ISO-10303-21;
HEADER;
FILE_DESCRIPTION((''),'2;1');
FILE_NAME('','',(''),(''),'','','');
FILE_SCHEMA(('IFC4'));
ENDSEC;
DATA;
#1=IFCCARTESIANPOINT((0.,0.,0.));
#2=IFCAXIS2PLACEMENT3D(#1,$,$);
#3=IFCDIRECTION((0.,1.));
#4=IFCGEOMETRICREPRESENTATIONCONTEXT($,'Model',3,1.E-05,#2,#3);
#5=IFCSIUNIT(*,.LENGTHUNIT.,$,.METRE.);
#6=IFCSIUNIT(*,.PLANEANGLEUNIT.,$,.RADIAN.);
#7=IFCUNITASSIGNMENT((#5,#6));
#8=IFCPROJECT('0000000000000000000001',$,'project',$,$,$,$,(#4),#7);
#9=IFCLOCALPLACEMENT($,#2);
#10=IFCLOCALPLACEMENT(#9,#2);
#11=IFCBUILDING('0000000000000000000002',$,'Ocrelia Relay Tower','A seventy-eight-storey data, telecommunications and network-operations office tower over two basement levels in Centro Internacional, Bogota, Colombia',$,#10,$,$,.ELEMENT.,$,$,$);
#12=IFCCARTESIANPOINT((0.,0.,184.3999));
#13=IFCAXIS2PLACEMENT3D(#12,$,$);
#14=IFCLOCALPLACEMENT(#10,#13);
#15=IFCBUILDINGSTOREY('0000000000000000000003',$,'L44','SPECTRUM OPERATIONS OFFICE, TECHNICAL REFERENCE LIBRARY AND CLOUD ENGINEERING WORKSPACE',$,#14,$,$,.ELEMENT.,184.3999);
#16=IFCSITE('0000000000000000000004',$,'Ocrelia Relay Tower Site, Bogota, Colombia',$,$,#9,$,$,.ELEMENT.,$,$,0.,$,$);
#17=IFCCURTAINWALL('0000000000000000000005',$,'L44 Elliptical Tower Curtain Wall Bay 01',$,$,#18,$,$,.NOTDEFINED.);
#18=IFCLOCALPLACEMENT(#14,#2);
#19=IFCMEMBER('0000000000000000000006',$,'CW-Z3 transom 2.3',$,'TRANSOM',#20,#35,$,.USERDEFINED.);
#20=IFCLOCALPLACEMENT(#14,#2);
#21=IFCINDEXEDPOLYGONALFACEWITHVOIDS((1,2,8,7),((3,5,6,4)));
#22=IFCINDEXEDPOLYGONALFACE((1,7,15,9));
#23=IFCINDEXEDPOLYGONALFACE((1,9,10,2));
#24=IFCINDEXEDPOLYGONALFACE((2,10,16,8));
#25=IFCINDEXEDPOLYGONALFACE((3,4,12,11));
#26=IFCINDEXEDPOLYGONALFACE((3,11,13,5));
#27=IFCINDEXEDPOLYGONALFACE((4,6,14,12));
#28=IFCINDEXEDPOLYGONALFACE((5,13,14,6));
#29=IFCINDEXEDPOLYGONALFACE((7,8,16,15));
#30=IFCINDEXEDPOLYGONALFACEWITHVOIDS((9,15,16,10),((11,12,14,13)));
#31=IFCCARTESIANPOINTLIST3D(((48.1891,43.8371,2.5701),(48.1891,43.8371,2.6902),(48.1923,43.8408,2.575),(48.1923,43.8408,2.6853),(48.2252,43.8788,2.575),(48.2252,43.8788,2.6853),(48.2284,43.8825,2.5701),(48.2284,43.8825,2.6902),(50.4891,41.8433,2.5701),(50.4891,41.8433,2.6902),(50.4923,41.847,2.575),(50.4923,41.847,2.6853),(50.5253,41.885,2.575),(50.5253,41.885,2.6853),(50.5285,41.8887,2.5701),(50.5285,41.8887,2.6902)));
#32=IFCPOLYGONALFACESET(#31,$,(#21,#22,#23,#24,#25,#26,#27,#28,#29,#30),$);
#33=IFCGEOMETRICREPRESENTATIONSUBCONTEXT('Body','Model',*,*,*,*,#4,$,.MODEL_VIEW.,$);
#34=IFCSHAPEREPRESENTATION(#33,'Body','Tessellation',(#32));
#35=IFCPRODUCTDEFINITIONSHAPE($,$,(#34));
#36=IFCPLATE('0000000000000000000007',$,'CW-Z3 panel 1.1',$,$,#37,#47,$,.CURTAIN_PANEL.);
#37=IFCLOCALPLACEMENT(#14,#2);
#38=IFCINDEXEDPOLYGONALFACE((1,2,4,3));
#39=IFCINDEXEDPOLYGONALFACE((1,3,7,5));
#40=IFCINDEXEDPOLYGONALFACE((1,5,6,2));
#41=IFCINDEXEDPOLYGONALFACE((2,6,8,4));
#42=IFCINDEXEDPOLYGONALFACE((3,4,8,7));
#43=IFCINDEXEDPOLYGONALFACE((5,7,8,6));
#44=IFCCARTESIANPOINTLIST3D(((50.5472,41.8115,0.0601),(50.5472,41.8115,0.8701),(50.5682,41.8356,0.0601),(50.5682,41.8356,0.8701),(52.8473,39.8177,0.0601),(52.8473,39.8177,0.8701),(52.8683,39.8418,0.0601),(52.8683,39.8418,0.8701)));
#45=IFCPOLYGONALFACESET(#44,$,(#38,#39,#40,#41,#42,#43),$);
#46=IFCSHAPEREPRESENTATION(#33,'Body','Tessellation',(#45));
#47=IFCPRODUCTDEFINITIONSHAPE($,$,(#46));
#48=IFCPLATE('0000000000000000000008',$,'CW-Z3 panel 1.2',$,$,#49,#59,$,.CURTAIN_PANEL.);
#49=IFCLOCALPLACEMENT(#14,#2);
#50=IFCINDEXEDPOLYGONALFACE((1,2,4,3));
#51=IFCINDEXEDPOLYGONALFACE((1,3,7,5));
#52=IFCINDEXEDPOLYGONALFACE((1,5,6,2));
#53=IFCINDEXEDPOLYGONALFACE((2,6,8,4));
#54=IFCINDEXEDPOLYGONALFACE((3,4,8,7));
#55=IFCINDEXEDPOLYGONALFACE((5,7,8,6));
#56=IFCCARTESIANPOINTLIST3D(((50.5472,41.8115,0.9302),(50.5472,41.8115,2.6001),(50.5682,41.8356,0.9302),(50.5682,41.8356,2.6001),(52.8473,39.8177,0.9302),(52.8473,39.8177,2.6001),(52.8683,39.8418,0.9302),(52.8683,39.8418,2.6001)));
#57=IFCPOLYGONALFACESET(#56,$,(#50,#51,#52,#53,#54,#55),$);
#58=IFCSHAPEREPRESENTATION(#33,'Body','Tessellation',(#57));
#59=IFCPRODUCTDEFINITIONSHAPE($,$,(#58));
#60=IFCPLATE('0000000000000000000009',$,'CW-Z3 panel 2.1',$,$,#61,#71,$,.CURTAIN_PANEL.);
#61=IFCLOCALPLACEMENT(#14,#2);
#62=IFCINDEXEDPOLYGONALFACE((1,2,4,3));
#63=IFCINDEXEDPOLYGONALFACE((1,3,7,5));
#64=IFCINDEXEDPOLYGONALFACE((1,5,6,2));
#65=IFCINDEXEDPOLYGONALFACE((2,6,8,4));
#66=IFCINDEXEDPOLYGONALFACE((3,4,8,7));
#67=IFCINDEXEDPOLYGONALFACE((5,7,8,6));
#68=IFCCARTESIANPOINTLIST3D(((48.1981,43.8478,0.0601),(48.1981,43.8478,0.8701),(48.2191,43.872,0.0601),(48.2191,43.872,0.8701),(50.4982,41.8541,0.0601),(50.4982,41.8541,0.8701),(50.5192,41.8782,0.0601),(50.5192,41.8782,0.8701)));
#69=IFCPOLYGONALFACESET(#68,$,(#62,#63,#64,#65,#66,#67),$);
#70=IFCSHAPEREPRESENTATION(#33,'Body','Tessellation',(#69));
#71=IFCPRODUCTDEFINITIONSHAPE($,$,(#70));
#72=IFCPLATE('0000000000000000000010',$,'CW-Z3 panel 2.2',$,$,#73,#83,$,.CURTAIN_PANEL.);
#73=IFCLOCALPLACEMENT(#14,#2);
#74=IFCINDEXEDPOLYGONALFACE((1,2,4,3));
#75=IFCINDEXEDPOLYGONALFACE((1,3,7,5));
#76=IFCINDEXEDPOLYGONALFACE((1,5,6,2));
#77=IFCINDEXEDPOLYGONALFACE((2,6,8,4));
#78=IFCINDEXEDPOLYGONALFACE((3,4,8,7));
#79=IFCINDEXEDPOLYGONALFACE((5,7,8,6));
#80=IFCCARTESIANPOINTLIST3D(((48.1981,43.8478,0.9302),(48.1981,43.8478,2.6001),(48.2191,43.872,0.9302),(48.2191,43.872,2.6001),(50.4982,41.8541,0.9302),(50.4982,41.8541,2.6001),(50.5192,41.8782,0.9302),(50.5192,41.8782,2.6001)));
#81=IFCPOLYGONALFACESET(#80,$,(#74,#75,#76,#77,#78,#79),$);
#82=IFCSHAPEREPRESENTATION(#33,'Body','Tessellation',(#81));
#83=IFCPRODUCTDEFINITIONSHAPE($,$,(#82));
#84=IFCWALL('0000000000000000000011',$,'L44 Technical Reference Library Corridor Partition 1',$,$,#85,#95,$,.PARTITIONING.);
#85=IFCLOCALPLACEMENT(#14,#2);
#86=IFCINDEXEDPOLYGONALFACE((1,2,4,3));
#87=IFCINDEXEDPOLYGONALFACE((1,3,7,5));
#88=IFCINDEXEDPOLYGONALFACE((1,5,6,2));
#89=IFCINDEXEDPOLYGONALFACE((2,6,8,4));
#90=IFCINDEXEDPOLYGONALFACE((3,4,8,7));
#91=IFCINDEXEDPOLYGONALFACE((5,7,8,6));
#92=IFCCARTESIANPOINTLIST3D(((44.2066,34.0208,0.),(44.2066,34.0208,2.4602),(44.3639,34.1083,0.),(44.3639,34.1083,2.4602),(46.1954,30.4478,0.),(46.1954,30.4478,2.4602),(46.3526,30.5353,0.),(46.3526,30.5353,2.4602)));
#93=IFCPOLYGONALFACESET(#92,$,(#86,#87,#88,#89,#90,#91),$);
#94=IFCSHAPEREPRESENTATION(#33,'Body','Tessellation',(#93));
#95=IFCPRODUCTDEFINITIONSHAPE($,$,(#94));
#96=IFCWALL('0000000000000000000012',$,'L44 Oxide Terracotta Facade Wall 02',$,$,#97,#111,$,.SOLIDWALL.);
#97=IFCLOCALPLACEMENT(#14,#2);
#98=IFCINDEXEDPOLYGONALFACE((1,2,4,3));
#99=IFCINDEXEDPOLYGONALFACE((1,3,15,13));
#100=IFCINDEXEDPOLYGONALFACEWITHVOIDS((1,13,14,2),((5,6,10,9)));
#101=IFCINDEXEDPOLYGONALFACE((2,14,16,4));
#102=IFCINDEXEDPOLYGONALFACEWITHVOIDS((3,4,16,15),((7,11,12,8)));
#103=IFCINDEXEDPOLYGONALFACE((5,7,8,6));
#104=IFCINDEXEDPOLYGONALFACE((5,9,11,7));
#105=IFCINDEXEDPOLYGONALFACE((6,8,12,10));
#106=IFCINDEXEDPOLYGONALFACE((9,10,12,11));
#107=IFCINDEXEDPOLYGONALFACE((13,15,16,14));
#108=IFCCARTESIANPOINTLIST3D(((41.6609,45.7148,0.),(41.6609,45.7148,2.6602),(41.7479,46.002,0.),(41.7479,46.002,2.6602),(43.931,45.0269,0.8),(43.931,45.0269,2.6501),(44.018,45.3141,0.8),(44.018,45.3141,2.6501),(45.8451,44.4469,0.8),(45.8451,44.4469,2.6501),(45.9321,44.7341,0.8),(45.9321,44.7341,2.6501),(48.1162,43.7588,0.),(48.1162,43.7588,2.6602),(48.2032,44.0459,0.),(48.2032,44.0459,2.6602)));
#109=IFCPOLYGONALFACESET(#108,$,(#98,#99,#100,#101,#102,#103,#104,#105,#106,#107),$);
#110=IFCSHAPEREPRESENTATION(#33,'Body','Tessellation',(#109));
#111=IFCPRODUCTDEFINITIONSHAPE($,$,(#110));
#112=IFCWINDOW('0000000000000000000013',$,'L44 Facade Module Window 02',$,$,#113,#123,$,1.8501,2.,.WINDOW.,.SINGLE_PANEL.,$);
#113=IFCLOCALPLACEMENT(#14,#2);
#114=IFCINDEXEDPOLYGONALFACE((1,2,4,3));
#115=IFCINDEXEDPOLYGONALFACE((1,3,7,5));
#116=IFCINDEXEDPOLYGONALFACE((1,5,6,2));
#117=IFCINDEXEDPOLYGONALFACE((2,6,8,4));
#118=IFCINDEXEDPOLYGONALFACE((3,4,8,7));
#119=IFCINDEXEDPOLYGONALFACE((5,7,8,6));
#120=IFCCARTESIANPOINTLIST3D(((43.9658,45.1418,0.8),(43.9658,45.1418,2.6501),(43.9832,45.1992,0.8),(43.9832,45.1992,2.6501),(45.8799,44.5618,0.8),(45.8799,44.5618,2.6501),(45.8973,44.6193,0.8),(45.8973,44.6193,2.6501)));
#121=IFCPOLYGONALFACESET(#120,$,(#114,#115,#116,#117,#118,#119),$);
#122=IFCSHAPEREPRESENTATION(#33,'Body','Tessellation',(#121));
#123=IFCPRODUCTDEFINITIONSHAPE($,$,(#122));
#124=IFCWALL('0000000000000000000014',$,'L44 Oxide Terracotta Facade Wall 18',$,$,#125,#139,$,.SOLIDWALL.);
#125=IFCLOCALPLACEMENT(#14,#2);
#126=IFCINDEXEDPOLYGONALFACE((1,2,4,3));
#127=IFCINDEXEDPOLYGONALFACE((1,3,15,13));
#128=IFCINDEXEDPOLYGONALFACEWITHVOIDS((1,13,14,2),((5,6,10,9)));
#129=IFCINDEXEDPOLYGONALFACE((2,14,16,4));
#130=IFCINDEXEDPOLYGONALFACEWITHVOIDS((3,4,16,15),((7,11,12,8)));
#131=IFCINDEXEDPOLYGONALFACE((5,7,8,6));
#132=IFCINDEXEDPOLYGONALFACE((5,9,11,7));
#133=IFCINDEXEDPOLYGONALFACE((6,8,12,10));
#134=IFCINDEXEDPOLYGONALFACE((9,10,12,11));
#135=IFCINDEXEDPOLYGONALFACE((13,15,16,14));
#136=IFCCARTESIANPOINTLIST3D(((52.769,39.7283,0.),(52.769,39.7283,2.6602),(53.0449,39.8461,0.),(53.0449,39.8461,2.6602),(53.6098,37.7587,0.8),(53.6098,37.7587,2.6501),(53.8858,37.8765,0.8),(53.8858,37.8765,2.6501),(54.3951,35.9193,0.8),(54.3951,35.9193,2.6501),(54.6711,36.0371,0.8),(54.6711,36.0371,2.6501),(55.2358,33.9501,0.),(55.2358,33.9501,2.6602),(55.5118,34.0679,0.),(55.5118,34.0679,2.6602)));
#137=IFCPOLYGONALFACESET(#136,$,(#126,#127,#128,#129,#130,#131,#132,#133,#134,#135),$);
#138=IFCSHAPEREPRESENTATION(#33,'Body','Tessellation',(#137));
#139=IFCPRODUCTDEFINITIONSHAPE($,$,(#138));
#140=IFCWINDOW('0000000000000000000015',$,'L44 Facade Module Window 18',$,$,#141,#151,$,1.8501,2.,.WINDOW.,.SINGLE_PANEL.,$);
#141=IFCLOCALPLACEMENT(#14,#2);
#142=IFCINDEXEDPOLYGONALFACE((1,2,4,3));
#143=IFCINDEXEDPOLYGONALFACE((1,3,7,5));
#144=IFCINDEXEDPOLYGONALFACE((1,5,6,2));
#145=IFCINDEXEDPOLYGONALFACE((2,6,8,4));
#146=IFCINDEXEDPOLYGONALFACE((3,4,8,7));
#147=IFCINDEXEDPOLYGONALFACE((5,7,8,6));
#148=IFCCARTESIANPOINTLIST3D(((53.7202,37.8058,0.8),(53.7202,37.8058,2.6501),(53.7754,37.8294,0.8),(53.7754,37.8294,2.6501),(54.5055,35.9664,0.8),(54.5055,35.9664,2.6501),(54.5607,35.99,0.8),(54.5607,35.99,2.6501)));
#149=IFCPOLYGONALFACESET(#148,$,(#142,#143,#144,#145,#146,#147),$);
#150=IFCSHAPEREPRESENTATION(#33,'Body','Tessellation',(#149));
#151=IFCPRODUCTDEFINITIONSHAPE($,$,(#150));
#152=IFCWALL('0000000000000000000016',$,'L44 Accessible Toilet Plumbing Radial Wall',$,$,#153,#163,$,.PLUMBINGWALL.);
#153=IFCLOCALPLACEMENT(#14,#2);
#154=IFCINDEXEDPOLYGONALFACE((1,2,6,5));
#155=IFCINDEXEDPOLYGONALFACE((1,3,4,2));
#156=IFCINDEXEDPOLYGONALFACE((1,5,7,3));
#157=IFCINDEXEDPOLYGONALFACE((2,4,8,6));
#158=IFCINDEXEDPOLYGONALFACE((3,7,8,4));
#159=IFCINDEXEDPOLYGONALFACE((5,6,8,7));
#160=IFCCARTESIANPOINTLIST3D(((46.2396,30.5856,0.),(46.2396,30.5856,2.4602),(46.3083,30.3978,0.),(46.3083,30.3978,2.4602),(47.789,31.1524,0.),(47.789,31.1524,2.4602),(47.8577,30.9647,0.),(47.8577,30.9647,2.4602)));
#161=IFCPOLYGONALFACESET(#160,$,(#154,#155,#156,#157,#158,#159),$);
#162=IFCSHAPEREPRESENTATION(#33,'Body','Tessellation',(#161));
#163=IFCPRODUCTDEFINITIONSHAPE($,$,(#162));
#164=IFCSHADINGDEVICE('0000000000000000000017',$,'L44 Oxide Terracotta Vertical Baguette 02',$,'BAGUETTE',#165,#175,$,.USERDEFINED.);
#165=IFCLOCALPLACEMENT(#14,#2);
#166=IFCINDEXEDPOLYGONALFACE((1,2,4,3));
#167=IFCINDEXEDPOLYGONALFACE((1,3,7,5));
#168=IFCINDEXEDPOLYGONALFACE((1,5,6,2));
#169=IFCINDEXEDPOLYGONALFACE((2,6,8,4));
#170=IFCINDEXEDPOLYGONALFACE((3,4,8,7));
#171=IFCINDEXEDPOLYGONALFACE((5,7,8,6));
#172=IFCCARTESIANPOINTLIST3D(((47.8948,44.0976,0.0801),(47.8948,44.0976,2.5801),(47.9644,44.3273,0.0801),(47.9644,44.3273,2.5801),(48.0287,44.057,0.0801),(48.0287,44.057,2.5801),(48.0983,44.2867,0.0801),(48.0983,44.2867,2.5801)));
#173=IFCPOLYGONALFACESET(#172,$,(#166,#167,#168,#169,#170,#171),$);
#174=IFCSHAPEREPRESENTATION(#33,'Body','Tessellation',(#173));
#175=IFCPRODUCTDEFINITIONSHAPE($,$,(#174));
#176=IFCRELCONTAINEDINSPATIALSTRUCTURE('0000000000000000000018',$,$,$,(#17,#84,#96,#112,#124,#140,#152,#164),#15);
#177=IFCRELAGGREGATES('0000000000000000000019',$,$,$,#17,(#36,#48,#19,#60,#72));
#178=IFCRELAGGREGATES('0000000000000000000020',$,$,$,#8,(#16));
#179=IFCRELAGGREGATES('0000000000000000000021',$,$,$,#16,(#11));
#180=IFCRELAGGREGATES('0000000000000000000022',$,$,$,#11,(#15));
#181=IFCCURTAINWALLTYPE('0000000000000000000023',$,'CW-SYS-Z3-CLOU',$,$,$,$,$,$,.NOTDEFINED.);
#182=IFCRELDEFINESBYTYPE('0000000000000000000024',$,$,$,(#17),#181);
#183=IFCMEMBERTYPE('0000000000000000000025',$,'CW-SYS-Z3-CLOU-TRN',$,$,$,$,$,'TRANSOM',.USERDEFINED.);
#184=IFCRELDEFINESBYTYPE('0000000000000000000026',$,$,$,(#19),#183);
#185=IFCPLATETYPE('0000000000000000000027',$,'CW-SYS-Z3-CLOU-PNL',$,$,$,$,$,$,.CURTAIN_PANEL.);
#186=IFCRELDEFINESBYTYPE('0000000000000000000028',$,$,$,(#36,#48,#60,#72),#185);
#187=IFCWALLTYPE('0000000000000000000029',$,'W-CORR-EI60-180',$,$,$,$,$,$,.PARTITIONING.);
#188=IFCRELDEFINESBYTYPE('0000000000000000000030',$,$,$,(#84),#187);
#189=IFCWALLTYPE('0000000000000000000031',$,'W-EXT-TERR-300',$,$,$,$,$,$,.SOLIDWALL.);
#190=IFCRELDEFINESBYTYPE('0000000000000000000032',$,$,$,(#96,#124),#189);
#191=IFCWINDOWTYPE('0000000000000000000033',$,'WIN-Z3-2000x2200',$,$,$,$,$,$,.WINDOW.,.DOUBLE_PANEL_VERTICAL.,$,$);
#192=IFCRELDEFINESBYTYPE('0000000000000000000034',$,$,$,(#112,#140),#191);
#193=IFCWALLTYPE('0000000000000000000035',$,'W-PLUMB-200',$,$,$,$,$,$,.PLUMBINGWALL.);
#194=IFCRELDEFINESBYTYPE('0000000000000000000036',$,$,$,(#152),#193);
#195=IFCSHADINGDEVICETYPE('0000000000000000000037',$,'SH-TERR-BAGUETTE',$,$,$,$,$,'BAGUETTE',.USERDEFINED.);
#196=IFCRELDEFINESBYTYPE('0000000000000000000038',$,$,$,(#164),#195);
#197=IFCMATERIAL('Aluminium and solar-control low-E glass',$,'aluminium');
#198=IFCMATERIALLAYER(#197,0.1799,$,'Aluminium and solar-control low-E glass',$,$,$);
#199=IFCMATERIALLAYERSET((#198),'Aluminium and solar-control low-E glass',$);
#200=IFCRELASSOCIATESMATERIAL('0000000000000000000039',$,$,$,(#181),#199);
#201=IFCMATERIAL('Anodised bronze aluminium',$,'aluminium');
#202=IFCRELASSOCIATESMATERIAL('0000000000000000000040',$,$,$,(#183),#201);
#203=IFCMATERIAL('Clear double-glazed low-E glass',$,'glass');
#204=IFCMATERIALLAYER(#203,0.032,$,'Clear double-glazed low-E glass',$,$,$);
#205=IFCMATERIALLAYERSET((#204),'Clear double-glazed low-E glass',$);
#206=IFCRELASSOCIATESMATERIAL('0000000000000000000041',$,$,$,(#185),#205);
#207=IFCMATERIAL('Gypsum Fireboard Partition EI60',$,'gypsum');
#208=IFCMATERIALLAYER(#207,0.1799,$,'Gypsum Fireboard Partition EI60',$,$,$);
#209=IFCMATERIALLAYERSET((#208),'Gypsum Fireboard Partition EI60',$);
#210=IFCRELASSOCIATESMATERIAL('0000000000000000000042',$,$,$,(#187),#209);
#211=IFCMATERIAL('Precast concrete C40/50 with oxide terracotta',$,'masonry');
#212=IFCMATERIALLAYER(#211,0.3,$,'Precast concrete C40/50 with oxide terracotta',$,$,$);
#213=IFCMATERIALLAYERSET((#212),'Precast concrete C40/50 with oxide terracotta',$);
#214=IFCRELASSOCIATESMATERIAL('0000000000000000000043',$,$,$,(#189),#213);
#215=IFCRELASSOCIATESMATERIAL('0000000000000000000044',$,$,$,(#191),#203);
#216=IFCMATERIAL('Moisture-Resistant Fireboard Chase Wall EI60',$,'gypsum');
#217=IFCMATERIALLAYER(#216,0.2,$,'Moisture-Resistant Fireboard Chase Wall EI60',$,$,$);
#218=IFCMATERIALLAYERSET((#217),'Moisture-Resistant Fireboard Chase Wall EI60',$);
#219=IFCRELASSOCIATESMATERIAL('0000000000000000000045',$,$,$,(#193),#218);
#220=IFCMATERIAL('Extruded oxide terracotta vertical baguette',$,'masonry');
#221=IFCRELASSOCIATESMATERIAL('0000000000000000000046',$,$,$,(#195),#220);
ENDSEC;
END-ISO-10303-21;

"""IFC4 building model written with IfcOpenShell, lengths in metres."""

from ifc_helpers import new_model, si_unit, direction, frame, frame_2d, origin, origin_2d, place, context, subcontext, project, spatial, rectangle, hollow_rectangle, extrude, material, layer, layer_set, material_profile, profile_set, type_object, element, fill, aggregate, save


model = new_model("IFC4")

# Units and contexts
model_context = context("Model", 3, precision=1e-05, world=origin(), true_north=direction((0.0, 1.0)))
body_context = subcontext(model_context, "Body", "Model", "MODEL_VIEW")
ifc_project = project(units=[si_unit("LENGTHUNIT", "METRE"), si_unit("PLANEANGLEUNIT", "RADIAN")], contexts=[model_context])

# Site, building, storey
site_placement = place(None, origin())
site = spatial("IfcSite", under=ifc_project, at=site_placement, Name="Ocrelia Relay Tower Site, Bogota, Colombia", CompositionType="ELEMENT", RefElevation=0.0)
building_placement = place(site_placement, origin())
building = spatial("IfcBuilding", under=site, at=building_placement, Name="Ocrelia Relay Tower", Description="A seventy-eight-storey data, telecommunications and network-operations office tower over two basement levels in Centro Internacional, Bogota, Colombia", CompositionType="ELEMENT")
storey_placement = place(building_placement, frame((0.0, 0.0, 184.3999)))
storey = spatial("IfcBuildingStorey", under=building, at=storey_placement, Name="L44", Description="SPECTRUM OPERATIONS OFFICE, TECHNICAL REFERENCE LIBRARY AND CLOUD ENGINEERING WORKSPACE", CompositionType="ELEMENT", Elevation=184.3999)

# Curtain wall, member, plates
ifc_material_1 = material(Name="Aluminium and solar-control low-E glass", Category="aluminium")
ifc_layer_1 = layer(ifc_material_1, 0.1799, Name="Aluminium and solar-control low-E glass")
ifc_layer_set_1 = layer_set([ifc_layer_1], Name="Aluminium and solar-control low-E glass")
curtain_wall_type = type_object("IfcCurtainWallType", Name="CW-SYS-Z3-CLOU", PredefinedType="NOTDEFINED", material=ifc_layer_set_1)
curtain_wall_placement = place(storey_placement, origin())
curtain_wall = element("IfcCurtainWall", 1, at=curtain_wall_placement, inside=storey, type_object=curtain_wall_type, Name="L44 Elliptical Tower Curtain Wall Bay 01", PredefinedType="NOTDEFINED")
ifc_material_2 = material(Name="Anodised bronze aluminium", Category="aluminium")
ifc_material_profile_1 = material_profile(ifc_material_2, hollow_rectangle(XDim=0.0601, YDim=0.1201, WallThickness=0.0049, at=origin_2d()), Name="CW-TRN-120x60")
ifc_profile_set_1 = profile_set([ifc_material_profile_1], Name="Anodised bronze aluminium")
member_type_1 = type_object("IfcMemberType", Name="CW-SYS-Z3-CLOU-TRN", ElementType="TRANSOM", PredefinedType="USERDEFINED", material=ifc_profile_set_1)
member_1_placement = place(storey_placement, frame((50.5088, 41.866, 2.6301), z_axis=(-0.755604, 0.655028, 0.0), x_axis=(-0.655028, -0.755604, 0.0)))
member_1 = element("IfcMember", 2, at=member_1_placement, type_object=member_type_1, Name="CW-Z3 transom 2.3", ObjectType="TRANSOM", PredefinedType="USERDEFINED", context=body_context, shape_type="SweptSolid", body=[
    extrude(hollow_rectangle(XDim=0.0601, YDim=0.1201, WallThickness=0.0049, at=origin_2d()), origin(), (0.0, 0.0, 1.0), 3.0439),
])
ifc_material_3 = material(Name="Clear double-glazed low-E glass", Category="glass")
ifc_layer_2 = layer(ifc_material_3, 0.032, Name="Clear double-glazed low-E glass")
ifc_layer_set_2 = layer_set([ifc_layer_2], Name="Clear double-glazed low-E glass")
plate_type = type_object("IfcPlateType", Name="CW-SYS-Z3-CLOU-PNL", PredefinedType="CURTAIN_PANEL", material=ifc_layer_set_2)
plate_1_placement = place(storey_placement, frame((51.7078, 40.8267, 0.0601), z_axis=(0.0, 0.0, 1.0), x_axis=(-0.755627, 0.655002, 0.0)))
plate_1 = element("IfcPlate", 3, at=plate_1_placement, type_object=plate_type, Name="CW-Z3 panel 1.1", PredefinedType="CURTAIN_PANEL", context=body_context, shape_type="SweptSolid", body=[
    extrude(rectangle(XDim=3.0439, YDim=0.032, at=origin_2d()), origin(), (0.0, 0.0, 1.0), 0.8101),
])
plate_2_placement = place(storey_placement, frame((51.7078, 40.8267, 0.9302), z_axis=(0.0, 0.0, 1.0), x_axis=(-0.755627, 0.655002, 0.0)))
plate_2 = element("IfcPlate", 4, at=plate_2_placement, type_object=plate_type, Name="CW-Z3 panel 1.2", PredefinedType="CURTAIN_PANEL", context=body_context, shape_type="SweptSolid", body=[
    extrude(rectangle(XDim=3.0439, YDim=0.032, at=origin_2d()), origin(), (0.0, 0.0, 1.0), 1.6699),
])
plate_3_placement = place(storey_placement, frame((49.3586, 42.863, 0.0601), z_axis=(0.0, 0.0, 1.0), x_axis=(-0.755627, 0.655002, 0.0)))
plate_3 = element("IfcPlate", 5, at=plate_3_placement, type_object=plate_type, Name="CW-Z3 panel 2.1", PredefinedType="CURTAIN_PANEL", context=body_context, shape_type="SweptSolid", body=[
    extrude(rectangle(XDim=3.0439, YDim=0.032, at=origin_2d()), origin(), (0.0, 0.0, 1.0), 0.8101),
])
plate_4_placement = place(storey_placement, frame((49.3586, 42.863, 0.9302), z_axis=(0.0, 0.0, 1.0), x_axis=(-0.755627, 0.655002, 0.0)))
plate_4 = element("IfcPlate", 6, at=plate_4_placement, type_object=plate_type, Name="CW-Z3 panel 2.2", PredefinedType="CURTAIN_PANEL", context=body_context, shape_type="SweptSolid", body=[
    extrude(rectangle(XDim=3.0439, YDim=0.032, at=origin_2d()), origin(), (0.0, 0.0, 1.0), 1.6699),
])
aggregate(curtain_wall, [plate_1, plate_2, member_1, plate_3, plate_4])

# Wall
ifc_material_4 = material(Name="Gypsum Fireboard Partition EI60", Category="gypsum")
ifc_layer_3 = layer(ifc_material_4, 0.1799, Name="Gypsum Fireboard Partition EI60")
ifc_layer_set_3 = layer_set([ifc_layer_3], Name="Gypsum Fireboard Partition EI60")
wall_type_1 = type_object("IfcWallType", Name="W-CORR-EI60-180", PredefinedType="PARTITIONING", material=ifc_layer_set_3)
wall_1_placement = place(storey_placement, frame((46.2739, 30.4917, 0.0), z_axis=(0.0, 0.0, 1.0), x_axis=(-0.486347, 0.873766, 0.0)))
element("IfcWall", 7, at=wall_1_placement, inside=storey, type_object=wall_type_1, Name="L44 Technical Reference Library Corridor Partition 1", PredefinedType="PARTITIONING", context=body_context, shape_type="SweptSolid", body=[
    extrude(rectangle(XDim=4.0891, YDim=0.1799, at=frame_2d((2.0444, 0.0))), origin(), (0.0, 0.0, 1.0), 2.4602),
])

# Walls, openings, windows
ifc_material_5 = material(Name="Precast concrete C40/50 with oxide terracotta", Category="masonry")
ifc_layer_4 = layer(ifc_material_5, 0.3, Name="Precast concrete C40/50 with oxide terracotta")
ifc_layer_set_4 = layer_set([ifc_layer_4], Name="Precast concrete C40/50 with oxide terracotta")
wall_type_2 = type_object("IfcWallType", Name="W-EXT-TERR-300", PredefinedType="SOLIDWALL", material=ifc_layer_set_4)
wall_2_placement = place(storey_placement, frame((48.1597, 43.9023, 0.0), z_axis=(0.0, 0.0, 1.0), x_axis=(-0.957029, 0.289993, 0.0)))
wall_2 = element("IfcWall", 8, at=wall_2_placement, inside=storey, type_object=wall_type_2, Name="L44 Oxide Terracotta Facade Wall 02", PredefinedType="SOLIDWALL", context=body_context, shape_type="SweptSolid", body=[
    extrude(rectangle(XDim=6.7451, YDim=0.3, at=frame_2d((3.3726, 0.0))), origin(), (0.0, 0.0, 1.0), 2.6602),
])
opening_1_placement = place(wall_2_placement, frame((2.373, 0.0, 0.8)))
opening_1 = element("IfcOpeningElement", 9, at=opening_1_placement, cuts=wall_2, PredefinedType="OPENING", context=body_context, shape_type="SweptSolid", body=[
    extrude(rectangle(XDim=2.0, YDim=1.8501, at=frame_2d((1.0, 0.925))), frame((0.0, 0.1602, 0.0), z_axis=(0.0, -1.0, 0.0), x_axis=(1.0, 0.0, 0.0)), (0.0, 0.0, 1.0), 0.3201),
])
window_type = type_object("IfcWindowType", Name="WIN-Z3-2000x2200", PartitioningType="DOUBLE_PANEL_VERTICAL", PredefinedType="WINDOW", material=ifc_material_3)
window_1_placement = place(opening_1_placement, origin())
window_1 = element("IfcWindow", 10, at=window_1_placement, inside=storey, type_object=window_type, Name="L44 Facade Module Window 02", OverallHeight=1.8501, OverallWidth=2.0, PartitioningType="SINGLE_PANEL", PredefinedType="WINDOW", context=body_context, shape_type="SweptSolid", body=[
    extrude(rectangle(XDim=2.0, YDim=1.8501, at=frame_2d((1.0, 0.925))), frame((0.0, 0.03, 0.0), z_axis=(0.0, -1.0, 0.0), x_axis=(1.0, 0.0, 0.0)), (0.0, 0.0, 1.0), 0.0601),
])
fill(opening_1, window_1)
wall_3_placement = place(storey_placement, frame((55.3738, 34.009, 0.0), z_axis=(0.0, 0.0, 1.0), x_axis=(-0.392639, 0.919693, 0.0)))
wall_3 = element("IfcWall", 11, at=wall_3_placement, inside=storey, type_object=wall_type_2, Name="L44 Oxide Terracotta Facade Wall 18", PredefinedType="SOLIDWALL", context=body_context, shape_type="SweptSolid", body=[
    extrude(rectangle(XDim=6.2827, YDim=0.3, at=frame_2d((3.1414, 0.0))), origin(), (0.0, 0.0, 1.0), 2.6602),
])
opening_2_placement = place(wall_3_placement, frame((2.1411, 0.0, 0.8)))
opening_2 = element("IfcOpeningElement", 12, at=opening_2_placement, cuts=wall_3, PredefinedType="OPENING", context=body_context, shape_type="SweptSolid", body=[
    extrude(rectangle(XDim=2.0, YDim=1.8501, at=frame_2d((1.0, 0.925))), frame((0.0, 0.1602, 0.0), z_axis=(0.0, -1.0, 0.0), x_axis=(1.0, 0.0, 0.0)), (0.0, 0.0, 1.0), 0.3201),
])
window_2_placement = place(opening_2_placement, origin())
window_2 = element("IfcWindow", 13, at=window_2_placement, inside=storey, type_object=window_type, Name="L44 Facade Module Window 18", OverallHeight=1.8501, OverallWidth=2.0, PartitioningType="SINGLE_PANEL", PredefinedType="WINDOW", context=body_context, shape_type="SweptSolid", body=[
    extrude(rectangle(XDim=2.0, YDim=1.8501, at=frame_2d((1.0, 0.925))), frame((0.0, 0.03, 0.0), z_axis=(0.0, -1.0, 0.0), x_axis=(1.0, 0.0, 0.0)), (0.0, 0.0, 1.0), 0.0601),
])
fill(opening_2, window_2)

# Wall
ifc_material_6 = material(Name="Moisture-Resistant Fireboard Chase Wall EI60", Category="gypsum")
ifc_layer_5 = layer(ifc_material_6, 0.2, Name="Moisture-Resistant Fireboard Chase Wall EI60")
ifc_layer_set_5 = layer_set([ifc_layer_5], Name="Moisture-Resistant Fireboard Chase Wall EI60")
wall_type_3 = type_object("IfcWallType", Name="W-PLUMB-200", PredefinedType="PLUMBINGWALL", material=ifc_layer_set_5)
wall_4_placement = place(storey_placement, frame((46.2739, 30.4917, 0.0), z_axis=(0.0, 0.0, 1.0), x_axis=(0.939126, 0.343572, 0.0)))
element("IfcWall", 14, at=wall_4_placement, inside=storey, type_object=wall_type_3, Name="L44 Accessible Toilet Plumbing Radial Wall", PredefinedType="PLUMBINGWALL", context=body_context, shape_type="SweptSolid", body=[
    extrude(rectangle(XDim=1.6499, YDim=0.2, at=frame_2d((0.825, 0.0))), origin(), (0.0, 0.0, 1.0), 2.4602),
])

# Shading device
ifc_material_7 = material(Name="Extruded oxide terracotta vertical baguette", Category="masonry")
shading_device_type_1 = type_object("IfcShadingDeviceType", Name="SH-TERR-BAGUETTE", ElementType="BAGUETTE", PredefinedType="USERDEFINED", material=ifc_material_7)
for number, where, z_axis, x_axis, name in (
    (15, (47.9966, 44.1921, 0.0801), (0.0, 0.0, 1.0), (-0.957035, 0.289973, 0.0), "L44 Oxide Terracotta Vertical Baguette 02"),
):
    element("IfcShadingDevice", number, at=place(storey_placement, frame(where, z_axis=z_axis, x_axis=x_axis)), inside=storey, type_object=shading_device_type_1, Name=name, ObjectType="BAGUETTE", PredefinedType="USERDEFINED", context=body_context, shape_type="SweptSolid", body=[
        extrude(rectangle(XDim=0.1399, YDim=0.24, at=origin_2d()), origin(), (0.0, 0.0, 1.0), 2.5),
    ])

save(model, "model.ifc")
